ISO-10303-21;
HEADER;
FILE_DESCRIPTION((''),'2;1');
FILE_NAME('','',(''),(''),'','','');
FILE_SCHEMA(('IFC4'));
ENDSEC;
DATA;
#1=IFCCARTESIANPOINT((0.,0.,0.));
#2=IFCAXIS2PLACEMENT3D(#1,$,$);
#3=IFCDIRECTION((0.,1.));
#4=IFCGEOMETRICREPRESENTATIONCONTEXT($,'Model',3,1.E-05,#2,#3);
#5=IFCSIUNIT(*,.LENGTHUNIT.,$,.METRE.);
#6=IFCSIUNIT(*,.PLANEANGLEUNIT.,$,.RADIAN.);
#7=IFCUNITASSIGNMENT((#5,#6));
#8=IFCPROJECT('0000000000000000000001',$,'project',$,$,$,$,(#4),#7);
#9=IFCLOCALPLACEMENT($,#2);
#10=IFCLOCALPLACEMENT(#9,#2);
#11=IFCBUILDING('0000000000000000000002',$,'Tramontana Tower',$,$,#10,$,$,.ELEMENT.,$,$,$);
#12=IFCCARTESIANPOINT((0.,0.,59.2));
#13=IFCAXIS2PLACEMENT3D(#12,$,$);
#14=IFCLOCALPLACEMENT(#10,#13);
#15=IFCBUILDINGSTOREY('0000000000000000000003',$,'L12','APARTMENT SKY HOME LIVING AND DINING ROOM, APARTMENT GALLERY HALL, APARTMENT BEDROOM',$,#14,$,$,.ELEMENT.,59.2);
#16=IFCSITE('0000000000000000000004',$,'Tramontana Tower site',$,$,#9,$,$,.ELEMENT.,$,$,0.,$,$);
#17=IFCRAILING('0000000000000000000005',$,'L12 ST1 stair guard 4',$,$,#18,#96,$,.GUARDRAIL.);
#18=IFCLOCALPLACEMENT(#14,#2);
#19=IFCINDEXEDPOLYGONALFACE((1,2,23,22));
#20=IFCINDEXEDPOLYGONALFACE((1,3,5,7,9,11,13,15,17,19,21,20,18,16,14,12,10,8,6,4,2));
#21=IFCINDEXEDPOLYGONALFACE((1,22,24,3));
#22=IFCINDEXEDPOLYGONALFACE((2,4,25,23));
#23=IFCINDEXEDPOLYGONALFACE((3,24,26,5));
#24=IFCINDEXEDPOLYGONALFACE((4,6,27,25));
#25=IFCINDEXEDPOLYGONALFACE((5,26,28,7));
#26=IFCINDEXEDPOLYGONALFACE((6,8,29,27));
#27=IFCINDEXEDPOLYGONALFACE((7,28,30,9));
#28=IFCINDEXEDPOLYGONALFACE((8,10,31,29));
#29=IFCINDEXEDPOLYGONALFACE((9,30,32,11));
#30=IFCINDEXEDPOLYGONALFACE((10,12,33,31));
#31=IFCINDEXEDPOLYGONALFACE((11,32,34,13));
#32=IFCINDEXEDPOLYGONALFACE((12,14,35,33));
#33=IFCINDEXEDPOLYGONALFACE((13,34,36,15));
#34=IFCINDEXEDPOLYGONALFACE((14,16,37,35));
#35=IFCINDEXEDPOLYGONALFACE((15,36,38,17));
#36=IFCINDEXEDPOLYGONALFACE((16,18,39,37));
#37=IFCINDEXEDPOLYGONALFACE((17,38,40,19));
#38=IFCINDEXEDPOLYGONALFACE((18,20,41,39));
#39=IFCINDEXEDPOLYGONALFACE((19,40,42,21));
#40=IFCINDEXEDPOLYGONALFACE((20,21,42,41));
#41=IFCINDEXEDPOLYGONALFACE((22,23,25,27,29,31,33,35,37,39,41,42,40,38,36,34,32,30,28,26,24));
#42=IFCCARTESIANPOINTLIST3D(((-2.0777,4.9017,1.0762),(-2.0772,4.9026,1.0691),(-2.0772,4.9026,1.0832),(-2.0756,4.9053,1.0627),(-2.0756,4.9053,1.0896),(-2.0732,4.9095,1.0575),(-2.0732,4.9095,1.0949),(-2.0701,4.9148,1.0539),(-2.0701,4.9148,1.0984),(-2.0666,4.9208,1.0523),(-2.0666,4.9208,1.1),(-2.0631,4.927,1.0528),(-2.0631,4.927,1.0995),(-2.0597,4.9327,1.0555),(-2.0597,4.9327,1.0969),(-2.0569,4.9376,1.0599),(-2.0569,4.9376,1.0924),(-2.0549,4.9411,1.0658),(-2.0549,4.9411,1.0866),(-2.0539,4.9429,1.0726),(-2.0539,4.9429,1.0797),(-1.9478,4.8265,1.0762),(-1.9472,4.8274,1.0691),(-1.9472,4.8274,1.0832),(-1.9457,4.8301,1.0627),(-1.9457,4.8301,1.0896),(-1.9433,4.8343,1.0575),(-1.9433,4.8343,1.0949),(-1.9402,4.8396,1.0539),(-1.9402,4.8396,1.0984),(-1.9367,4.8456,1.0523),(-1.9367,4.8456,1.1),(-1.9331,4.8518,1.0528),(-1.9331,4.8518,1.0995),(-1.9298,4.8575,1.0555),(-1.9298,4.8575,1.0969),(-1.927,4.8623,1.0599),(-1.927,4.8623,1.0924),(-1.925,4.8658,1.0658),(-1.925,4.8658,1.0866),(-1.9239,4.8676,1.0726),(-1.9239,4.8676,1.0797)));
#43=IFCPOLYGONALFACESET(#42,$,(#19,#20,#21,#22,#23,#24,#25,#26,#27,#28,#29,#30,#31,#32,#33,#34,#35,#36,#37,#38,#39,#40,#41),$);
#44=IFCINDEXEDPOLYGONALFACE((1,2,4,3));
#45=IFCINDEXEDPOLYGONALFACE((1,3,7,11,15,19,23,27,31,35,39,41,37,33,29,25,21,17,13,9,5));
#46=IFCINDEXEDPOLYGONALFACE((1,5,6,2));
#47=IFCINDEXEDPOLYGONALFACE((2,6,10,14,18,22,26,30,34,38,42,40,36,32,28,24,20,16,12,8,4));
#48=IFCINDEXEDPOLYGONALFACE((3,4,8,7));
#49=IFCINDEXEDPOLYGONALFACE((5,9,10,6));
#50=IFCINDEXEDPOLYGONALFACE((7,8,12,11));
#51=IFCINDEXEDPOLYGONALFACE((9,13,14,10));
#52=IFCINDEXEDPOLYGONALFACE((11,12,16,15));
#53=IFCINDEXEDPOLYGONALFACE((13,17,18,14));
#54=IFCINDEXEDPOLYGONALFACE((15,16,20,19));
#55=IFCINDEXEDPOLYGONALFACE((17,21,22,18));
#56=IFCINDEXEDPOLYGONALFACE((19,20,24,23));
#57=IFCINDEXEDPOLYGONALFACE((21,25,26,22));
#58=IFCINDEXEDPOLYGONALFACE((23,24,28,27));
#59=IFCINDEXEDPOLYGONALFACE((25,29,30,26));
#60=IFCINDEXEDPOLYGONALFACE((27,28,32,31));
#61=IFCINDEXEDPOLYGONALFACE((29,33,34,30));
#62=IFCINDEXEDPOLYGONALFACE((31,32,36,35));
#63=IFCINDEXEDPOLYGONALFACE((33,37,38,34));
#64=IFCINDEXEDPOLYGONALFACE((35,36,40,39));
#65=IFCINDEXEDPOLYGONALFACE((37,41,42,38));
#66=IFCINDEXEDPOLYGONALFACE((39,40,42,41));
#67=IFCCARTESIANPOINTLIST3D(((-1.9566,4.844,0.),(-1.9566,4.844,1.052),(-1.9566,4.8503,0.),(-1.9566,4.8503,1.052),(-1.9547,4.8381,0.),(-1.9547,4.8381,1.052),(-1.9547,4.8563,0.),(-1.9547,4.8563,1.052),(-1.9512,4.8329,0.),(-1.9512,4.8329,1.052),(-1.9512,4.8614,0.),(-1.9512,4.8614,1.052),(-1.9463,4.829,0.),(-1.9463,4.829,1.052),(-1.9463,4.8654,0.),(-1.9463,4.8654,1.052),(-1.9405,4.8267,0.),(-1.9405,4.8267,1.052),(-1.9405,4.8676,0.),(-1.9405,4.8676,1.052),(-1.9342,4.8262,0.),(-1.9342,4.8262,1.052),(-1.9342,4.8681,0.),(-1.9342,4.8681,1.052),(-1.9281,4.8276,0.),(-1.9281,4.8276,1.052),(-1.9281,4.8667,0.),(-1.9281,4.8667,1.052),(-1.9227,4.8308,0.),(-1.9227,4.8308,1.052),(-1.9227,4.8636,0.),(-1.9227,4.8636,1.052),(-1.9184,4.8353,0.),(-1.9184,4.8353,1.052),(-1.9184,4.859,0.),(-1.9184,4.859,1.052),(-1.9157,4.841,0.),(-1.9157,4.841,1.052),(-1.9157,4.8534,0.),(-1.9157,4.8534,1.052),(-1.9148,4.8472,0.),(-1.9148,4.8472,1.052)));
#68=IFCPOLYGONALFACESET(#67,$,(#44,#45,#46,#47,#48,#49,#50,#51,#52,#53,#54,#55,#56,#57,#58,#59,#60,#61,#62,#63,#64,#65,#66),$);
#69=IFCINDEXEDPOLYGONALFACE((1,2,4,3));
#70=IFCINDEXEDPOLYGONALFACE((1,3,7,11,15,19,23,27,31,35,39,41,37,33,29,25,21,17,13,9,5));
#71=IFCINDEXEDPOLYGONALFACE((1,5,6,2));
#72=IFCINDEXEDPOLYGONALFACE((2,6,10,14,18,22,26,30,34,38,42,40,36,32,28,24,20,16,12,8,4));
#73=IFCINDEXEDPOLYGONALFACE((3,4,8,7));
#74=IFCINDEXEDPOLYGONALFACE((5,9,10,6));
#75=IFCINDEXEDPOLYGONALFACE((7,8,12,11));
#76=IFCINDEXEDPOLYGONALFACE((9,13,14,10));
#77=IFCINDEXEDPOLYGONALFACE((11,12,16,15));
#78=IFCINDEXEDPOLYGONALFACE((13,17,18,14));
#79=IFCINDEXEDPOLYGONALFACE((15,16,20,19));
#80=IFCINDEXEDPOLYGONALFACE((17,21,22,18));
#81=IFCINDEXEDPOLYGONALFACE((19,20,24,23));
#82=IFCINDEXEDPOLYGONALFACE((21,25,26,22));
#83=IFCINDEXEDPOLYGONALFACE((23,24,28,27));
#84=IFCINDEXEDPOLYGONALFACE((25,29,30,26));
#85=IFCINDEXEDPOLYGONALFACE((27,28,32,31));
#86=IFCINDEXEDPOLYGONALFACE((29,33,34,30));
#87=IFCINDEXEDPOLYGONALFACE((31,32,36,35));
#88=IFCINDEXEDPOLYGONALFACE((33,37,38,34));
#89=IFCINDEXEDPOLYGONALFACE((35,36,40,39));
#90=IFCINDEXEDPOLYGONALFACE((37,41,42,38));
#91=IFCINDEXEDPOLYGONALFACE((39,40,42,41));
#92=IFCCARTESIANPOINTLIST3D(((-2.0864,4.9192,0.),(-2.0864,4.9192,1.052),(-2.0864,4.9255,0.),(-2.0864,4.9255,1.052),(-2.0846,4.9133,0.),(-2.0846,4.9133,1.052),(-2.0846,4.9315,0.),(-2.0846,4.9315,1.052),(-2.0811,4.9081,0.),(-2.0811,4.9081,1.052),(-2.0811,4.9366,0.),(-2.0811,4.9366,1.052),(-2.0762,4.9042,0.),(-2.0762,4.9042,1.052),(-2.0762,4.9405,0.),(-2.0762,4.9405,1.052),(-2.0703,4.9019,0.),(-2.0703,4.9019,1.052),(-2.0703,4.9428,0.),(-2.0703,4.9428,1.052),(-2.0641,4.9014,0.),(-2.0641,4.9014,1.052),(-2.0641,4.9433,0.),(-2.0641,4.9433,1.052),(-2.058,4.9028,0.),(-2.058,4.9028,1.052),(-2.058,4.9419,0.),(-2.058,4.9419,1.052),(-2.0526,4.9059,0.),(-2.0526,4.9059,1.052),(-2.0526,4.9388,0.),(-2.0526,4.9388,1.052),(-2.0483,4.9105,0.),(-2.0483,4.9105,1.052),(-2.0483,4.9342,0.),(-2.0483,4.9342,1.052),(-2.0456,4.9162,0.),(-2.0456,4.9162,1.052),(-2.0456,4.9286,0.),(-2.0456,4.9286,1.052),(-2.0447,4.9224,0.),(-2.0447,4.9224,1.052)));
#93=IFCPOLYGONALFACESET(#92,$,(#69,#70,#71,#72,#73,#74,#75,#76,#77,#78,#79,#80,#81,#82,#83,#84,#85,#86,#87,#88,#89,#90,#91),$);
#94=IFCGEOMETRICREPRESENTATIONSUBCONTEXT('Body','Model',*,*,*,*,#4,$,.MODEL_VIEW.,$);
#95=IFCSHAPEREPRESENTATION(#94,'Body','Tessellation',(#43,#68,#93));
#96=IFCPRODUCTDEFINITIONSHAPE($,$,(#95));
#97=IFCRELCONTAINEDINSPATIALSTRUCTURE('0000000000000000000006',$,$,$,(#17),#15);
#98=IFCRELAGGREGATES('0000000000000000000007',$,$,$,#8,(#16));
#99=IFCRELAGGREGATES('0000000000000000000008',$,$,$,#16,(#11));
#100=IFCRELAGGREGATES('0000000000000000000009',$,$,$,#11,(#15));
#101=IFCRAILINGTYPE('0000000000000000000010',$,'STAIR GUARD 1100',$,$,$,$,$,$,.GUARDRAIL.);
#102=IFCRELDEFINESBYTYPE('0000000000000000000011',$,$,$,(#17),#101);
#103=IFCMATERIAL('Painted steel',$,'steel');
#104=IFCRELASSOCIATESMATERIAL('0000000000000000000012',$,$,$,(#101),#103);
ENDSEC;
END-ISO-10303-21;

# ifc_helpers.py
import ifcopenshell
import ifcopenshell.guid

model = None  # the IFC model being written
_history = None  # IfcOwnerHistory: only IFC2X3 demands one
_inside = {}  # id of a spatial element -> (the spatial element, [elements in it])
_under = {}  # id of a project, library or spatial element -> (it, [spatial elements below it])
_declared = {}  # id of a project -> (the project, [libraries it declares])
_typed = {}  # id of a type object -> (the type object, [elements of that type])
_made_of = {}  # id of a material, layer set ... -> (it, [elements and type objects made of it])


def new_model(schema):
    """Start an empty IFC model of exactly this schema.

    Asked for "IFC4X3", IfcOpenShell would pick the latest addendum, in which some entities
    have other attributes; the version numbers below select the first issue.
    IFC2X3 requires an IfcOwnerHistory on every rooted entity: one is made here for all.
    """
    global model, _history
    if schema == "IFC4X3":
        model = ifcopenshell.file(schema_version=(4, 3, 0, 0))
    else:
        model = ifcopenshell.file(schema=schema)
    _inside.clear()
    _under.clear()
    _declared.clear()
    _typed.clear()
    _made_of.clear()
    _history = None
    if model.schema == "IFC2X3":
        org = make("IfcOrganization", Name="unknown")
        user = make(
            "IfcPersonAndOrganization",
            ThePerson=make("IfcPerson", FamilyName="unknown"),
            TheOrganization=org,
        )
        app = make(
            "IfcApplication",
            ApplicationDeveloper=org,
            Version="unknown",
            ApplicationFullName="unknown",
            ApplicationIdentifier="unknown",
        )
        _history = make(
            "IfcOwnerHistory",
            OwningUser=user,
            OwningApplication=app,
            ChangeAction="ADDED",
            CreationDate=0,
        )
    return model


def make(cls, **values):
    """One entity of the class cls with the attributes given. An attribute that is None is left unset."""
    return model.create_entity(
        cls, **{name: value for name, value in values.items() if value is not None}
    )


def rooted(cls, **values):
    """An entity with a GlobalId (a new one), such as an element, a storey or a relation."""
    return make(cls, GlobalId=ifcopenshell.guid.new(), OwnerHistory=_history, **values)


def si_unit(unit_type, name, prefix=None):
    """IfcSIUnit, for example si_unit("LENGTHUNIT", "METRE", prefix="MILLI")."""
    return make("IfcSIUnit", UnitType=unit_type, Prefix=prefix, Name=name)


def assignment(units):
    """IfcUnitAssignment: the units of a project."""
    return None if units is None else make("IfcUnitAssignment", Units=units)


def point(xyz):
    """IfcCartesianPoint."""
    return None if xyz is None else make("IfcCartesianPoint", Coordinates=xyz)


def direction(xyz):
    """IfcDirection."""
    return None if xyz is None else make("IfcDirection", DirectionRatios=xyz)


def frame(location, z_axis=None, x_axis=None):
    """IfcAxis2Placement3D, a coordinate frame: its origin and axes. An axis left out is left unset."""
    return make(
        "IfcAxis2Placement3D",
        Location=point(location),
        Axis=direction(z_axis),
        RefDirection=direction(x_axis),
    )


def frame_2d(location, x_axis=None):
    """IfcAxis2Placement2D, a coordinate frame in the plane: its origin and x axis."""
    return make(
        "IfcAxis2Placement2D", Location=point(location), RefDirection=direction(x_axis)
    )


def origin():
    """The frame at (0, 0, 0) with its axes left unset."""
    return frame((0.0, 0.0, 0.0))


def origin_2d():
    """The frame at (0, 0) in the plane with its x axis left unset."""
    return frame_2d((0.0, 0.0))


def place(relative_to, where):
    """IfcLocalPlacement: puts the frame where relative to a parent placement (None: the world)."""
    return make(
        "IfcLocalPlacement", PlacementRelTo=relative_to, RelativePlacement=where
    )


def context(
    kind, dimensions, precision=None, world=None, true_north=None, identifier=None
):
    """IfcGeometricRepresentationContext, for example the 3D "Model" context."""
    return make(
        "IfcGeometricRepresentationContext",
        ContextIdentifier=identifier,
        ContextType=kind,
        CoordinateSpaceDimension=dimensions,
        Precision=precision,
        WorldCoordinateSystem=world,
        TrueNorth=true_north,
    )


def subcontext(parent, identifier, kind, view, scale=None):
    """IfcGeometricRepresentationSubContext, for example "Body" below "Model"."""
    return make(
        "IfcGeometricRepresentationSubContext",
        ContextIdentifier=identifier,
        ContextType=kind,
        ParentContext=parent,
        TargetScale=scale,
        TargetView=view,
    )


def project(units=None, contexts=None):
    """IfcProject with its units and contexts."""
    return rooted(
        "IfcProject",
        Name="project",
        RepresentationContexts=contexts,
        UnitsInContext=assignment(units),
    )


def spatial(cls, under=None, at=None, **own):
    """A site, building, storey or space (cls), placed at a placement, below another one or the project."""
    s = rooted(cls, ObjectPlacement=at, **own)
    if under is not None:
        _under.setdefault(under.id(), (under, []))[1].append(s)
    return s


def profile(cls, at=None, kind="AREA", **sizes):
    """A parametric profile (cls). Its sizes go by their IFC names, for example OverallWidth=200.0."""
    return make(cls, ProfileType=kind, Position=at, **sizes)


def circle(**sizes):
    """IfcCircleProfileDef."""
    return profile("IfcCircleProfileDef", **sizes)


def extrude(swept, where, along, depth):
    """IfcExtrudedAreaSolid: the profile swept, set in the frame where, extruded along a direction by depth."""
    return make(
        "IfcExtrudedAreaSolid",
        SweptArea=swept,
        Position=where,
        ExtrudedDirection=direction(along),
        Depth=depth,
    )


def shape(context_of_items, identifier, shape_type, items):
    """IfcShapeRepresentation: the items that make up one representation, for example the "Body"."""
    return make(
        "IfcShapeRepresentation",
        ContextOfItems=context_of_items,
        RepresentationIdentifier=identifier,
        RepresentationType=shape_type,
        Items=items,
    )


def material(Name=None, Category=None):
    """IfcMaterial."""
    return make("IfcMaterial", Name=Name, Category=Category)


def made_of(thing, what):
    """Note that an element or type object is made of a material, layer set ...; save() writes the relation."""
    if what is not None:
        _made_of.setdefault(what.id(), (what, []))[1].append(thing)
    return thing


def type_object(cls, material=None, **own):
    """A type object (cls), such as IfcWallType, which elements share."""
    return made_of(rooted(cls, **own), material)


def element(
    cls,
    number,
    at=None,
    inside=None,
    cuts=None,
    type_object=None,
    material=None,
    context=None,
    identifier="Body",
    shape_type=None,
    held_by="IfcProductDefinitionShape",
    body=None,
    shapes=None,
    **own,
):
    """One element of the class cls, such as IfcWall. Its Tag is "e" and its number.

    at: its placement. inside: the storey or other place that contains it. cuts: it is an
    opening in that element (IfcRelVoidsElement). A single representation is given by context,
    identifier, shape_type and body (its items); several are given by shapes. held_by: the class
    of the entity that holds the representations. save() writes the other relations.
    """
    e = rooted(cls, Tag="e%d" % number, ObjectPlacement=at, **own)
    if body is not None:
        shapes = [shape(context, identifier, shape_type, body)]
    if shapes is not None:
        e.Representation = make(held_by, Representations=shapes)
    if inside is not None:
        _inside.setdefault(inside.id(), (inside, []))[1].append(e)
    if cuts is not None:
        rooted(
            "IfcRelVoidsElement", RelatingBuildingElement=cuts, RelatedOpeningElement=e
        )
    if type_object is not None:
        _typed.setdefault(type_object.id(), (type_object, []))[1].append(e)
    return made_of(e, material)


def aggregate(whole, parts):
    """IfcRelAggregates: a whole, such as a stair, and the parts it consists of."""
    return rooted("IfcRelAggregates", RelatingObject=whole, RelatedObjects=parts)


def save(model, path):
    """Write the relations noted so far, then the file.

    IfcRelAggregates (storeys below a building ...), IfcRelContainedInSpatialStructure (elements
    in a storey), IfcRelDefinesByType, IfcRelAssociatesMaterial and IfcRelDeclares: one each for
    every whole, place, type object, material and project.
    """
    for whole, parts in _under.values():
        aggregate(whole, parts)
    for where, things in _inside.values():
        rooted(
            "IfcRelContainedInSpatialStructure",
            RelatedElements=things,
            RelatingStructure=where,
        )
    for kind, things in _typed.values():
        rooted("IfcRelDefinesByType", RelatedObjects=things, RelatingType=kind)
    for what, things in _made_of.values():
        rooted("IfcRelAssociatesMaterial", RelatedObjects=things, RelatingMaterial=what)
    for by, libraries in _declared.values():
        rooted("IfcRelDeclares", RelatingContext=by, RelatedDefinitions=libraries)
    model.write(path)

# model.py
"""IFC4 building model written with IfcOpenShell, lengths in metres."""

from ifc_helpers import new_model, si_unit, direction, frame, origin, origin_2d, place, context, subcontext, project, spatial, circle, extrude, material, type_object, element, save


model = new_model("IFC4")

# Units and contexts
model_context = context("Model", 3, precision=1e-05, world=origin(), true_north=direction((0.0, 1.0)))
body_context = subcontext(model_context, "Body", "Model", "MODEL_VIEW")
ifc_project = project(units=[si_unit("LENGTHUNIT", "METRE"), si_unit("PLANEANGLEUNIT", "RADIAN")], contexts=[model_context])

# Site, building, storey
site_placement = place(None, origin())
site = spatial("IfcSite", under=ifc_project, at=site_placement, Name="Tramontana Tower site", CompositionType="ELEMENT", RefElevation=0.0)
building_placement = place(site_placement, origin())
building = spatial("IfcBuilding", under=site, at=building_placement, Name="Tramontana Tower", CompositionType="ELEMENT")
storey_placement = place(building_placement, frame((0.0, 0.0, 59.2)))
storey = spatial("IfcBuildingStorey", under=building, at=storey_placement, Name="L12", Description="APARTMENT SKY HOME LIVING AND DINING ROOM, APARTMENT GALLERY HALL, APARTMENT BEDROOM", CompositionType="ELEMENT", Elevation=59.2)

# Railing
ifc_material_1 = material(Name="Painted steel", Category="steel")
railing_type_1 = type_object("IfcRailingType", Name="STAIR GUARD 1100", PredefinedType="GUARDRAIL", material=ifc_material_1)
railing_1_placement = place(storey_placement, frame((-1.9358, 4.8472, 0.0)))
element("IfcRailing", 1, at=railing_1_placement, inside=storey, type_object=railing_type_1, Name="L12 ST1 stair guard 4", PredefinedType="GUARDRAIL", context=body_context, shape_type="SweptSolid", body=[
    extrude(circle(Radius=0.0239, at=origin_2d()), frame((0.0, 0.0, 1.0762), z_axis=(-0.865426, 0.501036, 0.0), x_axis=(-0.501036, -0.865426, 0.0)), (0.0, 0.0, 1.0), 0.1501),
    extrude(circle(Radius=0.021, at=origin_2d()), origin(), (0.0, 0.0, 1.0), 1.052),
    extrude(circle(Radius=0.021, at=origin_2d()), frame((-0.1299, 0.0752, 0.0)), (0.0, 0.0, 1.0), 1.052),
])

save(model, "model.ifc")
